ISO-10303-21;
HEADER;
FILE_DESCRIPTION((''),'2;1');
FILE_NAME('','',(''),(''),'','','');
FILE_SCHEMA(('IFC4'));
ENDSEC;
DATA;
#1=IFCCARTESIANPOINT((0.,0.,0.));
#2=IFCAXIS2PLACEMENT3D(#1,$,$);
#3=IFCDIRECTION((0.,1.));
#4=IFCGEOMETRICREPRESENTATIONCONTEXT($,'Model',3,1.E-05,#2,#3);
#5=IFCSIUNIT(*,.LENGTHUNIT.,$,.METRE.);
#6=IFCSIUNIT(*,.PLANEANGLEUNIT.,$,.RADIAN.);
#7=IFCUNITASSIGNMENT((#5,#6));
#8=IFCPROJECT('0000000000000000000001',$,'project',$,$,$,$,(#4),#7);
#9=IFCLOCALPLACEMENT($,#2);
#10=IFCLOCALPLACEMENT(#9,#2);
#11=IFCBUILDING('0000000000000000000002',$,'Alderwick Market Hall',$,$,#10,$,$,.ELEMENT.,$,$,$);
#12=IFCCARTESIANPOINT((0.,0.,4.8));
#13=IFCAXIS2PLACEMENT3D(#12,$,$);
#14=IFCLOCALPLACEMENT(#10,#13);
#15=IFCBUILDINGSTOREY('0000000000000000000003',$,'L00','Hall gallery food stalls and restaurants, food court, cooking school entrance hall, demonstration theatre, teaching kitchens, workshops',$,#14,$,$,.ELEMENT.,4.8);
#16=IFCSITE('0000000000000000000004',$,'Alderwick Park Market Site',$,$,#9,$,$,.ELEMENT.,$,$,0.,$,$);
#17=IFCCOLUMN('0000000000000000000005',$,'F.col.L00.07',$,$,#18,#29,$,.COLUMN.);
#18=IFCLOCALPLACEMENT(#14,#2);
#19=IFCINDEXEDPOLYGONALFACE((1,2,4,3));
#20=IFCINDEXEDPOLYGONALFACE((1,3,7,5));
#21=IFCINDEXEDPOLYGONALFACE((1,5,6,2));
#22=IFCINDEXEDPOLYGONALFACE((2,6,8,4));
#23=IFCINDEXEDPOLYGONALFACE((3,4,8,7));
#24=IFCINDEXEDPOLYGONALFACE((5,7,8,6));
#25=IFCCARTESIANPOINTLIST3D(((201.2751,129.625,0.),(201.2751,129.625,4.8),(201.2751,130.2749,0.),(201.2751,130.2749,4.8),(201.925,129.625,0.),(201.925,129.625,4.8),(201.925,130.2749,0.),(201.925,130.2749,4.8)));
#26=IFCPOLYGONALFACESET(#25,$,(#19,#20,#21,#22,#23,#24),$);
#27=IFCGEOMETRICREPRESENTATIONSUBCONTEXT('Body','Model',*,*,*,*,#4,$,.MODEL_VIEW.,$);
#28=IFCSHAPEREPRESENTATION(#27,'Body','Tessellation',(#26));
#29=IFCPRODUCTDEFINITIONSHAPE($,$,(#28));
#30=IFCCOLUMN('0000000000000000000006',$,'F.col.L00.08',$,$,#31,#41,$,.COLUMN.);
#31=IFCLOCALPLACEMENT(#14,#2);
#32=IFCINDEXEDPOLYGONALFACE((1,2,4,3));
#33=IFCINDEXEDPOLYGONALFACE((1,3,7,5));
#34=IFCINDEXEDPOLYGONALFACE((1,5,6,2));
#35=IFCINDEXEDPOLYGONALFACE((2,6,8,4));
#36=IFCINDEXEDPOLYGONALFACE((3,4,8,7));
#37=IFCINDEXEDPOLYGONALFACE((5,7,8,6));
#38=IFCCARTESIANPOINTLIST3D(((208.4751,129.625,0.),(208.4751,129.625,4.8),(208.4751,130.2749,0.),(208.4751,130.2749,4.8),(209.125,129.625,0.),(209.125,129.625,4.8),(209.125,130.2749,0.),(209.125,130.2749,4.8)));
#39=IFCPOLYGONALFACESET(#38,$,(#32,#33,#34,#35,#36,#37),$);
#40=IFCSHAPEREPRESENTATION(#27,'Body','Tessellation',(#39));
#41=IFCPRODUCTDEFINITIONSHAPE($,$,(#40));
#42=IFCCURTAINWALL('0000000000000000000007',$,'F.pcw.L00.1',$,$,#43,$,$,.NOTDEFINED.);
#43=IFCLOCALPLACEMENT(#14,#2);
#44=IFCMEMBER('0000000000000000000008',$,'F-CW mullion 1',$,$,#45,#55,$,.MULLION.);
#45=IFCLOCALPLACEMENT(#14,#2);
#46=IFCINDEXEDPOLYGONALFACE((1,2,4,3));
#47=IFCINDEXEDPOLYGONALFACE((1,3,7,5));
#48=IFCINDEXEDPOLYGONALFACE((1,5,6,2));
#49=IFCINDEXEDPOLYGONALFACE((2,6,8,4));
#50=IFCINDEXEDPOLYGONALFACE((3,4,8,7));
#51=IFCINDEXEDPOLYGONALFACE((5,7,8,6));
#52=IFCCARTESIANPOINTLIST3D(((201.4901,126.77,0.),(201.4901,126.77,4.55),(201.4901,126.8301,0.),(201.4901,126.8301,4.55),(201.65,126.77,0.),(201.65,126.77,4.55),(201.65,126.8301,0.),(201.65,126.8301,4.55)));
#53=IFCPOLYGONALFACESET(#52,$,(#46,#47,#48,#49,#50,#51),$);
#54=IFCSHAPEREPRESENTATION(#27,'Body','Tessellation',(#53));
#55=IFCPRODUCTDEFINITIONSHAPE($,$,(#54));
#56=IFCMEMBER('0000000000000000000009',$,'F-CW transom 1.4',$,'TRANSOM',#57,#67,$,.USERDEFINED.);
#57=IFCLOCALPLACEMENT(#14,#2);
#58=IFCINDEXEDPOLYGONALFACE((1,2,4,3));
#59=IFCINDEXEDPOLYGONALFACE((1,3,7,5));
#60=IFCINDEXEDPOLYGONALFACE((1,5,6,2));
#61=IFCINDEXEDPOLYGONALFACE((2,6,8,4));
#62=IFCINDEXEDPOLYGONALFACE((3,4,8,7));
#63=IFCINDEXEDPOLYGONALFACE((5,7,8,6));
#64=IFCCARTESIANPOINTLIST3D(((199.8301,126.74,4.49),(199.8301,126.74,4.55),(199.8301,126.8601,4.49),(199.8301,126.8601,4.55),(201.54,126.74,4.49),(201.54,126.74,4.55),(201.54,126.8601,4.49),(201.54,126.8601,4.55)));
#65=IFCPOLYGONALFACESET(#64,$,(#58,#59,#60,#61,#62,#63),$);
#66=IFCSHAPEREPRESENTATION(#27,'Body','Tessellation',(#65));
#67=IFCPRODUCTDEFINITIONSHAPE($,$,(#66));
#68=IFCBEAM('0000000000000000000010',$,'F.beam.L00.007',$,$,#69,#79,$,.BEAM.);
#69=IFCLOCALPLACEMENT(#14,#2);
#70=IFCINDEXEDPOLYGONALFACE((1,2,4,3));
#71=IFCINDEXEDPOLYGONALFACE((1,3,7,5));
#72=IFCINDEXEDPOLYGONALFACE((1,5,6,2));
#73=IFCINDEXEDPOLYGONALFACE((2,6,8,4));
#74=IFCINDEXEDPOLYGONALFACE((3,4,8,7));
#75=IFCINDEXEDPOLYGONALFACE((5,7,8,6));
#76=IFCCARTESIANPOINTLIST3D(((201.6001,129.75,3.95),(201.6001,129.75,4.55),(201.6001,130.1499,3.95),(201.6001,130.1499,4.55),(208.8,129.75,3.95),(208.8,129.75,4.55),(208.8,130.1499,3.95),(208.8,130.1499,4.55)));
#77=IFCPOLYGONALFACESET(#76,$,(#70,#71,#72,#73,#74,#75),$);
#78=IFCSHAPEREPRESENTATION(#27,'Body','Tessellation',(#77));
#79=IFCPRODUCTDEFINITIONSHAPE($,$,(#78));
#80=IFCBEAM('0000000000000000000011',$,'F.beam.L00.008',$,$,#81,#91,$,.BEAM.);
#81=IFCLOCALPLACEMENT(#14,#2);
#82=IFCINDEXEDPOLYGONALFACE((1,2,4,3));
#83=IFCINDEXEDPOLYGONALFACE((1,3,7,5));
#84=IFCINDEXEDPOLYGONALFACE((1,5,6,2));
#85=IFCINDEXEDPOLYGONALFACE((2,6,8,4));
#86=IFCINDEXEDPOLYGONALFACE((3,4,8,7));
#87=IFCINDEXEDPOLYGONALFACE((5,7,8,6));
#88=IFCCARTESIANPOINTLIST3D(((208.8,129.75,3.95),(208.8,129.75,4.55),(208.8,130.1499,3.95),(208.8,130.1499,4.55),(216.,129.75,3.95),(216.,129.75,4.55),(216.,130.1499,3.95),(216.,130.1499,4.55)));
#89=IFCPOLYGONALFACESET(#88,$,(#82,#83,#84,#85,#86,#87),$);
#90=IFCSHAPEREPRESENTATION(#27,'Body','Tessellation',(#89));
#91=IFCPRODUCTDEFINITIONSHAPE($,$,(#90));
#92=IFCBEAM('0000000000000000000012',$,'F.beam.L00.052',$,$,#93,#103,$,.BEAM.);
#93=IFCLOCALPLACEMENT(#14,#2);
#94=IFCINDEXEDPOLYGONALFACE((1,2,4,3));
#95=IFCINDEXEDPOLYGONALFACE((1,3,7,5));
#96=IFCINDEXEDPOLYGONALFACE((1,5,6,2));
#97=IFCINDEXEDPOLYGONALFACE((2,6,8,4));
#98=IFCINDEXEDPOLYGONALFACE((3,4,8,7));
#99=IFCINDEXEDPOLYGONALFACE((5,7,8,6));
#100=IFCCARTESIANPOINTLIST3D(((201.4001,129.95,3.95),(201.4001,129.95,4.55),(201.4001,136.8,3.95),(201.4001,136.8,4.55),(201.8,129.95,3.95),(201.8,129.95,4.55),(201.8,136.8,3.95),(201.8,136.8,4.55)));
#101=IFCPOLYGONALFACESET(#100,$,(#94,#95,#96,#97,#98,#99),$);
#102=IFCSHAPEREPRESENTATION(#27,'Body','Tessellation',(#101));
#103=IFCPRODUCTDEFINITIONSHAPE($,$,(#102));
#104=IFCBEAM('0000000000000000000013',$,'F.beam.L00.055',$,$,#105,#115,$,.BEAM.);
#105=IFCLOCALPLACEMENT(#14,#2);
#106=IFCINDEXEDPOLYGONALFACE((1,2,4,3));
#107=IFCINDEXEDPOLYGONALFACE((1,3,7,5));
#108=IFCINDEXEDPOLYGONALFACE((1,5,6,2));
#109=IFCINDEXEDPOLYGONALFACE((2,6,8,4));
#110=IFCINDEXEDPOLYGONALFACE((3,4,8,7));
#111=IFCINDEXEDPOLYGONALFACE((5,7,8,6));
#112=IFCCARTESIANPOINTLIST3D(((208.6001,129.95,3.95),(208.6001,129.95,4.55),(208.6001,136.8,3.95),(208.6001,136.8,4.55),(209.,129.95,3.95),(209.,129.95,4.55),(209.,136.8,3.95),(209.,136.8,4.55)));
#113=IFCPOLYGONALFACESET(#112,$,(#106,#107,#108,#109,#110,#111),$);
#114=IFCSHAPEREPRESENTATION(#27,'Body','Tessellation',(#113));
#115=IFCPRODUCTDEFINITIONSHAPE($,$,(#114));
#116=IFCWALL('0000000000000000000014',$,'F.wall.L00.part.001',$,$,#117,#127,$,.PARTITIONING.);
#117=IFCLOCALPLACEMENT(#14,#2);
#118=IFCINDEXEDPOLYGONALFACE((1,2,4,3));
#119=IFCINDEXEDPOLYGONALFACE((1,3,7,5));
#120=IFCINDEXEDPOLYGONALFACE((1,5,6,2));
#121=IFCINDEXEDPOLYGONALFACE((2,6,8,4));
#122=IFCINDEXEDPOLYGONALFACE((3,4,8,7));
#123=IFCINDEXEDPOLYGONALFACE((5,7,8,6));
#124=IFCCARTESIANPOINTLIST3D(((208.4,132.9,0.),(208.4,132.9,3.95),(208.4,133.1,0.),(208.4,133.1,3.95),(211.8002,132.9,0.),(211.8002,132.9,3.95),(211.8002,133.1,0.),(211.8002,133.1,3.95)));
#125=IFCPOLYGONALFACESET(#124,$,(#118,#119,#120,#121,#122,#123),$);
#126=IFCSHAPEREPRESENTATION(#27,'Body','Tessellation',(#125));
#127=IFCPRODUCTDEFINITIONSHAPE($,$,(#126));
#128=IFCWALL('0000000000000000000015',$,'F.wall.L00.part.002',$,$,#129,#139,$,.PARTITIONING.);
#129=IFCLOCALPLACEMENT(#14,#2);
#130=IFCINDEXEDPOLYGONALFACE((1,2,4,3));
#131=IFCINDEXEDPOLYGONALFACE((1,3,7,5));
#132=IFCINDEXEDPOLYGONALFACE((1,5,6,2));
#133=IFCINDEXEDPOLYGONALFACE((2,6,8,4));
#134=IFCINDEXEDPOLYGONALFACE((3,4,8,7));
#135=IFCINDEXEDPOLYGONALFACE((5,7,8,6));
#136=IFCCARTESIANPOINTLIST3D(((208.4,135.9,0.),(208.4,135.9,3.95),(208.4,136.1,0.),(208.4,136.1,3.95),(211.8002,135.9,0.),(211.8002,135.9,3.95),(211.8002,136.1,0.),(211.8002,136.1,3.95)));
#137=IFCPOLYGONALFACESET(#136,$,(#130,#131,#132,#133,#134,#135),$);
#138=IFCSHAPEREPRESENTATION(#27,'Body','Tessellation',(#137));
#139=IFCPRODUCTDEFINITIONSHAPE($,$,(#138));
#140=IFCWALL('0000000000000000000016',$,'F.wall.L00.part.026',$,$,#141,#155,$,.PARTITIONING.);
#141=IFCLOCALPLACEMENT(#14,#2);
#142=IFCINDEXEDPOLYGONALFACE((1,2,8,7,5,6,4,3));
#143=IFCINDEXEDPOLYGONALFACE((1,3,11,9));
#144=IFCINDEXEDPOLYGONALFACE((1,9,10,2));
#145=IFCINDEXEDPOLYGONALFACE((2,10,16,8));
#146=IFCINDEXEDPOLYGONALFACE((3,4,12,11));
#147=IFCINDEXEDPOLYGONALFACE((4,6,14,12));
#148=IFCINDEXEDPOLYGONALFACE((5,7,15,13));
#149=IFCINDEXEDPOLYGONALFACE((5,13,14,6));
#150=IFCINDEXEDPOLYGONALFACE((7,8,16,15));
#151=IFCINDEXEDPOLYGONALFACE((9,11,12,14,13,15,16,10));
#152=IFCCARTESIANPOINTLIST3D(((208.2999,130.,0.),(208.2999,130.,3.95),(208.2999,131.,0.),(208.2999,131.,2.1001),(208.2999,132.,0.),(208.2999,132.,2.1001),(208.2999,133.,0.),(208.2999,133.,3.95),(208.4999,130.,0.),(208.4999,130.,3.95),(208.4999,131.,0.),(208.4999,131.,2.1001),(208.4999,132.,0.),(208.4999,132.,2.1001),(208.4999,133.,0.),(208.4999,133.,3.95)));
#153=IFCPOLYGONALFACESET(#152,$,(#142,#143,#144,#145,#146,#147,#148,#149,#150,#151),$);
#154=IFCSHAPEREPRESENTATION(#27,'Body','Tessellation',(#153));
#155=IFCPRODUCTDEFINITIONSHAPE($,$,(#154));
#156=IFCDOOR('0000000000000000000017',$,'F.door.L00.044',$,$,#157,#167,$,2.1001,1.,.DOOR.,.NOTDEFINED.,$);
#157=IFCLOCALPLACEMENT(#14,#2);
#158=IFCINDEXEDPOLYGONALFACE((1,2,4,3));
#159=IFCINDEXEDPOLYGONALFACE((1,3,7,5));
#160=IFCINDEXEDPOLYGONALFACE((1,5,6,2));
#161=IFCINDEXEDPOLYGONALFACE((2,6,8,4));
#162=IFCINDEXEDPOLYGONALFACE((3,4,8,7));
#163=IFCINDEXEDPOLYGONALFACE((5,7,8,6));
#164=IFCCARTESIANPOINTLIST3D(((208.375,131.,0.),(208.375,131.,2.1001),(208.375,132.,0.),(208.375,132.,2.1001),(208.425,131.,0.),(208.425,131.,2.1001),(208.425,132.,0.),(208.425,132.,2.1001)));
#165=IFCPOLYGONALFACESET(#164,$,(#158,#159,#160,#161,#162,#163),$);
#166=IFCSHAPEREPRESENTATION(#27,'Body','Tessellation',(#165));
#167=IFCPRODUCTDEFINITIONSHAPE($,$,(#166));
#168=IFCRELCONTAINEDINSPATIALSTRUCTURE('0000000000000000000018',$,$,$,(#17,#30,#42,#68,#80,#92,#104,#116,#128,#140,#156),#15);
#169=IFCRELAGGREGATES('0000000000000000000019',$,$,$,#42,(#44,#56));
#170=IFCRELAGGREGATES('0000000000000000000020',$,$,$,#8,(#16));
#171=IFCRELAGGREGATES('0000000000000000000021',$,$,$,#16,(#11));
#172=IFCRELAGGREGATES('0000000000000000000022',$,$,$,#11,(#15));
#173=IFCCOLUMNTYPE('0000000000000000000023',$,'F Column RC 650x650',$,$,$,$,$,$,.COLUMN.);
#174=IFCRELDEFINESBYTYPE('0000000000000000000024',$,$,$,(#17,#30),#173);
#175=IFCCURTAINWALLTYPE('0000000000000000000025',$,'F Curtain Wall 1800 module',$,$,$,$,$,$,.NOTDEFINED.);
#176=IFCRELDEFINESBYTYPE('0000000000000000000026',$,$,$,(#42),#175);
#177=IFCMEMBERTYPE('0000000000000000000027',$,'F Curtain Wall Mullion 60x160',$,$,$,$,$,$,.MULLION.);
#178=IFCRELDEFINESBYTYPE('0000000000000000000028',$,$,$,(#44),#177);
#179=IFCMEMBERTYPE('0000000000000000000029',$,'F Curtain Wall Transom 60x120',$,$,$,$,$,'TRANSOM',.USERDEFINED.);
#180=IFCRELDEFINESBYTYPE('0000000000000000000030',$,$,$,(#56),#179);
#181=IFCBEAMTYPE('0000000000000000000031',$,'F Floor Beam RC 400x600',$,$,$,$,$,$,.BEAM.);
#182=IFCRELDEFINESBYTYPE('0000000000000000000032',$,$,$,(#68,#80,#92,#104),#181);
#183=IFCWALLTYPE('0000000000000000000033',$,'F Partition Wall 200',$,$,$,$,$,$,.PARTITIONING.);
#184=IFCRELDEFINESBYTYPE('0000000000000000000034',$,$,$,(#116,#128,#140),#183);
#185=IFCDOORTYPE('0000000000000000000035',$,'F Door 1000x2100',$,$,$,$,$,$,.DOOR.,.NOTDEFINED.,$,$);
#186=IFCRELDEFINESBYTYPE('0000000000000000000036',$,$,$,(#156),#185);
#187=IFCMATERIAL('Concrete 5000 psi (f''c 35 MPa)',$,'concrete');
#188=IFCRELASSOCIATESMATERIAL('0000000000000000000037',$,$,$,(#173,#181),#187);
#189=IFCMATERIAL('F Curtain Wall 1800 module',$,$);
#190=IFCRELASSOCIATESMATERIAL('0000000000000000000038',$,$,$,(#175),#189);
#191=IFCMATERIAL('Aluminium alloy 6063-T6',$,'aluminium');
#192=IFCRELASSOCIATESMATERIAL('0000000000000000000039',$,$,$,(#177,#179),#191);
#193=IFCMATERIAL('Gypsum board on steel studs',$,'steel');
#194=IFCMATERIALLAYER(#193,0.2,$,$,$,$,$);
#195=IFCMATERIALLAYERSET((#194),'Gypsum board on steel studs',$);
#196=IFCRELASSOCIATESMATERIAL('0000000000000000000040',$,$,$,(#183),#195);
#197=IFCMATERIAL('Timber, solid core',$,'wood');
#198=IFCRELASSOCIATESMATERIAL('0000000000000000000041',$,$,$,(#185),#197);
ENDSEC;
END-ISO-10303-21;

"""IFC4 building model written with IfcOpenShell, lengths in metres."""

from ifc_helpers import new_model, si_unit, direction, frame, frame_2d, origin, origin_2d, place, context, subcontext, project, spatial, rectangle, extrude, material, layer, layer_set, material_profile, profile_set, type_object, element, fill, aggregate, save


model = new_model("IFC4")

# Units and contexts
model_context = context("Model", 3, precision=1e-05, world=origin(), true_north=direction((0.0, 1.0)))
body_context = subcontext(model_context, "Body", "Model", "MODEL_VIEW")
ifc_project = project(units=[si_unit("LENGTHUNIT", "METRE"), si_unit("PLANEANGLEUNIT", "RADIAN")], contexts=[model_context])

# Site, building, storey
site_placement = place(None, origin())
site = spatial("IfcSite", under=ifc_project, at=site_placement, Name="Alderwick Park Market Site", CompositionType="ELEMENT", RefElevation=0.0)
building_placement = place(site_placement, origin())
building = spatial("IfcBuilding", under=site, at=building_placement, Name="Alderwick Market Hall", CompositionType="ELEMENT")
storey_placement = place(building_placement, frame((0.0, 0.0, 4.8)))
storey = spatial("IfcBuildingStorey", under=building, at=storey_placement, Name="L00", Description="Hall gallery food stalls and restaurants, food court, cooking school entrance hall, demonstration theatre, teaching kitchens, workshops", CompositionType="ELEMENT", Elevation=4.8)

# Columns
ifc_material_1 = material(Name="Concrete 5000 psi (f'c 35 MPa)", Category="concrete")
ifc_material_profile_1 = material_profile(ifc_material_1, rectangle(XDim=0.6499, YDim=0.6499, at=origin_2d()), Name="RC 650x650")
ifc_profile_set_1 = profile_set([ifc_material_profile_1], Name="Concrete 5000 psi (f'c 35 MPa)")
column_type = type_object("IfcColumnType", Name="F Column RC 650x650", PredefinedType="COLUMN", material=ifc_profile_set_1)
for number, where, z_axis, x_axis, name in (
    (1, (201.6001, 129.95, 0.0), (0.0, 0.0, 1.0), (1.0, 0.0, 0.0), "F.col.L00.07"),
    (2, (208.8, 129.95, 0.0), (0.0, 0.0, 1.0), (1.0, 0.0, 0.0), "F.col.L00.08"),
):
    element("IfcColumn", number, at=place(storey_placement, frame(where, z_axis=z_axis, x_axis=x_axis)), inside=storey, type_object=column_type, Name=name, PredefinedType="COLUMN", context=body_context, shape_type="SweptSolid", body=[
        extrude(rectangle(XDim=0.6499, YDim=0.6499, at=origin_2d()), origin(), (0.0, 0.0, 1.0), 4.8),
    ])

# Curtain wall, members
ifc_material_2 = material(Name="F Curtain Wall 1800 module")
curtain_wall_type = type_object("IfcCurtainWallType", Name="F Curtain Wall 1800 module", PredefinedType="NOTDEFINED", material=ifc_material_2)
curtain_wall_placement = place(storey_placement, origin())
curtain_wall = element("IfcCurtainWall", 3, at=curtain_wall_placement, inside=storey, type_object=curtain_wall_type, Name="F.pcw.L00.1", PredefinedType="NOTDEFINED")
ifc_material_3 = material(Name="Aluminium alloy 6063-T6", Category="aluminium")
ifc_material_profile_2 = material_profile(ifc_material_3, rectangle(XDim=0.0601, YDim=0.1599, at=origin_2d()), Name="AL 60x160")
ifc_profile_set_2 = profile_set([ifc_material_profile_2], Name="Aluminium alloy 6063-T6")
member_type_1 = type_object("IfcMemberType", Name="F Curtain Wall Mullion 60x160", PredefinedType="MULLION", material=ifc_profile_set_2)
member_1_placement = place(storey_placement, frame((201.5701, 126.8, 0.0), z_axis=(0.0, 0.0, 1.0), x_axis=(0.0, -1.0, 0.0)))
member_1 = element("IfcMember", 4, at=member_1_placement, type_object=member_type_1, Name="F-CW mullion 1", PredefinedType="MULLION", context=body_context, shape_type="SweptSolid", body=[
    extrude(rectangle(XDim=0.0601, YDim=0.1599, at=origin_2d()), origin(), (0.0, 0.0, 1.0), 4.55),
])
ifc_material_profile_3 = material_profile(ifc_material_3, rectangle(XDim=0.1201, YDim=0.0601, at=origin_2d()), Name="AL 60x120")
ifc_profile_set_3 = profile_set([ifc_material_profile_3], Name="Aluminium alloy 6063-T6")
member_type_2 = type_object("IfcMemberType", Name="F Curtain Wall Transom 60x120", ElementType="TRANSOM", PredefinedType="USERDEFINED", material=ifc_profile_set_3)
member_2_placement = place(storey_placement, frame((201.54, 126.8, 4.52), z_axis=(-1.0, 0.0, 0.0), x_axis=(0.0, -1.0, 0.0)))
member_2 = element("IfcMember", 5, at=member_2_placement, type_object=member_type_2, Name="F-CW transom 1.4", ObjectType="TRANSOM", PredefinedType="USERDEFINED", context=body_context, shape_type="SweptSolid", body=[
    extrude(rectangle(XDim=0.1201, YDim=0.0601, at=origin_2d()), origin(), (0.0, 0.0, 1.0), 1.71),
])
aggregate(curtain_wall, [member_1, member_2])

# Beams
ifc_material_profile_4 = material_profile(ifc_material_1, rectangle(XDim=0.3999, YDim=0.6001, at=origin_2d()), Name="RC 400x600")
ifc_profile_set_4 = profile_set([ifc_material_profile_4], Name="Concrete 5000 psi (f'c 35 MPa)")
beam_type = type_object("IfcBeamType", Name="F Floor Beam RC 400x600", PredefinedType="BEAM", material=ifc_profile_set_4)
for number, where, z_axis, x_axis, name in (
    (6, (201.6001, 129.95, 4.25), (1.0, 0.0, 0.0), (0.0, 1.0, 0.0), "F.beam.L00.007"),
    (7, (208.8, 129.95, 4.25), (1.0, 0.0, 0.0), (0.0, 1.0, 0.0), "F.beam.L00.008"),
):
    element("IfcBeam", number, at=place(storey_placement, frame(where, z_axis=z_axis, x_axis=x_axis)), inside=storey, type_object=beam_type, Name=name, PredefinedType="BEAM", context=body_context, shape_type="SweptSolid", body=[
        extrude(rectangle(XDim=0.3999, YDim=0.6001, at=origin_2d()), origin(), (0.0, 0.0, 1.0), 7.2),
    ])
for number, where, z_axis, x_axis, name in (
    (8, (201.6001, 129.95, 4.25), (0.0, 1.0, 0.0), (-1.0, 0.0, 0.0), "F.beam.L00.052"),
    (9, (208.8, 129.95, 4.25), (0.0, 1.0, 0.0), (-1.0, 0.0, 0.0), "F.beam.L00.055"),
):
    element("IfcBeam", number, at=place(storey_placement, frame(where, z_axis=z_axis, x_axis=x_axis)), inside=storey, type_object=beam_type, Name=name, PredefinedType="BEAM", context=body_context, shape_type="SweptSolid", body=[
        extrude(rectangle(XDim=0.3999, YDim=0.6001, at=origin_2d()), origin(), (0.0, 0.0, 1.0), 6.8501),
    ])

# Walls
ifc_material_4 = material(Name="Gypsum board on steel studs", Category="steel")
ifc_layer_1 = layer(ifc_material_4, 0.2)
ifc_layer_set_1 = layer_set([ifc_layer_1], Name="Gypsum board on steel studs")
wall_type_1 = type_object("IfcWallType", Name="F Partition Wall 200", PredefinedType="PARTITIONING", material=ifc_layer_set_1)
for number, where, z_axis, x_axis, name in (
    (10, (208.3999, 133.0, 0.0), (0.0, 0.0, 1.0), (1.0, 0.0, 0.0), "F.wall.L00.part.001"),
    (11, (208.3999, 136.0, 0.0), (0.0, 0.0, 1.0), (1.0, 0.0, 0.0), "F.wall.L00.part.002"),
):
    element("IfcWall", number, at=place(storey_placement, frame(where, z_axis=z_axis, x_axis=x_axis)), inside=storey, type_object=wall_type_1, Name=name, PredefinedType="PARTITIONING", context=body_context, shape_type="SweptSolid", body=[
        extrude(rectangle(XDim=3.4001, YDim=0.2, at=frame_2d((1.7002, 0.0))), origin(), (0.0, 0.0, 1.0), 3.95),
    ])

# Wall, opening, door
wall_1_placement = place(storey_placement, frame((208.3999, 130.0, 0.0), z_axis=(0.0, 0.0, 1.0), x_axis=(0.0, 1.0, 0.0)))
wall_1 = element("IfcWall", 12, at=wall_1_placement, inside=storey, type_object=wall_type_1, Name="F.wall.L00.part.026", PredefinedType="PARTITIONING", context=body_context, shape_type="SweptSolid", body=[
    extrude(rectangle(XDim=3.0, YDim=0.2, at=frame_2d((1.5, 0.0))), origin(), (0.0, 0.0, 1.0), 3.95),
])
opening_1_placement = place(wall_1_placement, frame((1.0, 0.0, 0.0)))
opening_1 = element("IfcOpeningElement", 13, at=opening_1_placement, cuts=wall_1, PredefinedType="OPENING", context=body_context, shape_type="SweptSolid", body=[
    extrude(rectangle(XDim=1.0, YDim=2.1001, at=frame_2d((0.5, 1.05))), frame((0.0, 0.1099, 0.0), z_axis=(0.0, -1.0, 0.0), x_axis=(1.0, 0.0, 0.0)), (0.0, 0.0, 1.0), 0.22),
])
ifc_material_5 = material(Name="Timber, solid core", Category="wood")
door_type_1 = type_object("IfcDoorType", Name="F Door 1000x2100", OperationType="NOTDEFINED", PredefinedType="DOOR", material=ifc_material_5)
door_1_placement = place(opening_1_placement, origin())
door_1 = element("IfcDoor", 14, at=door_1_placement, inside=storey, type_object=door_type_1, Name="F.door.L00.044", OperationType="NOTDEFINED", OverallHeight=2.1001, OverallWidth=1.0, PredefinedType="DOOR", context=body_context, shape_type="SweptSolid", body=[
    extrude(rectangle(XDim=1.0, YDim=2.1001, at=frame_2d((0.5, 1.05))), frame((0.0, 0.0249, 0.0), z_axis=(0.0, -1.0, 0.0), x_axis=(1.0, 0.0, 0.0)), (0.0, 0.0, 1.0), 0.05),
])
fill(opening_1, door_1)

save(model, "model.ifc")
